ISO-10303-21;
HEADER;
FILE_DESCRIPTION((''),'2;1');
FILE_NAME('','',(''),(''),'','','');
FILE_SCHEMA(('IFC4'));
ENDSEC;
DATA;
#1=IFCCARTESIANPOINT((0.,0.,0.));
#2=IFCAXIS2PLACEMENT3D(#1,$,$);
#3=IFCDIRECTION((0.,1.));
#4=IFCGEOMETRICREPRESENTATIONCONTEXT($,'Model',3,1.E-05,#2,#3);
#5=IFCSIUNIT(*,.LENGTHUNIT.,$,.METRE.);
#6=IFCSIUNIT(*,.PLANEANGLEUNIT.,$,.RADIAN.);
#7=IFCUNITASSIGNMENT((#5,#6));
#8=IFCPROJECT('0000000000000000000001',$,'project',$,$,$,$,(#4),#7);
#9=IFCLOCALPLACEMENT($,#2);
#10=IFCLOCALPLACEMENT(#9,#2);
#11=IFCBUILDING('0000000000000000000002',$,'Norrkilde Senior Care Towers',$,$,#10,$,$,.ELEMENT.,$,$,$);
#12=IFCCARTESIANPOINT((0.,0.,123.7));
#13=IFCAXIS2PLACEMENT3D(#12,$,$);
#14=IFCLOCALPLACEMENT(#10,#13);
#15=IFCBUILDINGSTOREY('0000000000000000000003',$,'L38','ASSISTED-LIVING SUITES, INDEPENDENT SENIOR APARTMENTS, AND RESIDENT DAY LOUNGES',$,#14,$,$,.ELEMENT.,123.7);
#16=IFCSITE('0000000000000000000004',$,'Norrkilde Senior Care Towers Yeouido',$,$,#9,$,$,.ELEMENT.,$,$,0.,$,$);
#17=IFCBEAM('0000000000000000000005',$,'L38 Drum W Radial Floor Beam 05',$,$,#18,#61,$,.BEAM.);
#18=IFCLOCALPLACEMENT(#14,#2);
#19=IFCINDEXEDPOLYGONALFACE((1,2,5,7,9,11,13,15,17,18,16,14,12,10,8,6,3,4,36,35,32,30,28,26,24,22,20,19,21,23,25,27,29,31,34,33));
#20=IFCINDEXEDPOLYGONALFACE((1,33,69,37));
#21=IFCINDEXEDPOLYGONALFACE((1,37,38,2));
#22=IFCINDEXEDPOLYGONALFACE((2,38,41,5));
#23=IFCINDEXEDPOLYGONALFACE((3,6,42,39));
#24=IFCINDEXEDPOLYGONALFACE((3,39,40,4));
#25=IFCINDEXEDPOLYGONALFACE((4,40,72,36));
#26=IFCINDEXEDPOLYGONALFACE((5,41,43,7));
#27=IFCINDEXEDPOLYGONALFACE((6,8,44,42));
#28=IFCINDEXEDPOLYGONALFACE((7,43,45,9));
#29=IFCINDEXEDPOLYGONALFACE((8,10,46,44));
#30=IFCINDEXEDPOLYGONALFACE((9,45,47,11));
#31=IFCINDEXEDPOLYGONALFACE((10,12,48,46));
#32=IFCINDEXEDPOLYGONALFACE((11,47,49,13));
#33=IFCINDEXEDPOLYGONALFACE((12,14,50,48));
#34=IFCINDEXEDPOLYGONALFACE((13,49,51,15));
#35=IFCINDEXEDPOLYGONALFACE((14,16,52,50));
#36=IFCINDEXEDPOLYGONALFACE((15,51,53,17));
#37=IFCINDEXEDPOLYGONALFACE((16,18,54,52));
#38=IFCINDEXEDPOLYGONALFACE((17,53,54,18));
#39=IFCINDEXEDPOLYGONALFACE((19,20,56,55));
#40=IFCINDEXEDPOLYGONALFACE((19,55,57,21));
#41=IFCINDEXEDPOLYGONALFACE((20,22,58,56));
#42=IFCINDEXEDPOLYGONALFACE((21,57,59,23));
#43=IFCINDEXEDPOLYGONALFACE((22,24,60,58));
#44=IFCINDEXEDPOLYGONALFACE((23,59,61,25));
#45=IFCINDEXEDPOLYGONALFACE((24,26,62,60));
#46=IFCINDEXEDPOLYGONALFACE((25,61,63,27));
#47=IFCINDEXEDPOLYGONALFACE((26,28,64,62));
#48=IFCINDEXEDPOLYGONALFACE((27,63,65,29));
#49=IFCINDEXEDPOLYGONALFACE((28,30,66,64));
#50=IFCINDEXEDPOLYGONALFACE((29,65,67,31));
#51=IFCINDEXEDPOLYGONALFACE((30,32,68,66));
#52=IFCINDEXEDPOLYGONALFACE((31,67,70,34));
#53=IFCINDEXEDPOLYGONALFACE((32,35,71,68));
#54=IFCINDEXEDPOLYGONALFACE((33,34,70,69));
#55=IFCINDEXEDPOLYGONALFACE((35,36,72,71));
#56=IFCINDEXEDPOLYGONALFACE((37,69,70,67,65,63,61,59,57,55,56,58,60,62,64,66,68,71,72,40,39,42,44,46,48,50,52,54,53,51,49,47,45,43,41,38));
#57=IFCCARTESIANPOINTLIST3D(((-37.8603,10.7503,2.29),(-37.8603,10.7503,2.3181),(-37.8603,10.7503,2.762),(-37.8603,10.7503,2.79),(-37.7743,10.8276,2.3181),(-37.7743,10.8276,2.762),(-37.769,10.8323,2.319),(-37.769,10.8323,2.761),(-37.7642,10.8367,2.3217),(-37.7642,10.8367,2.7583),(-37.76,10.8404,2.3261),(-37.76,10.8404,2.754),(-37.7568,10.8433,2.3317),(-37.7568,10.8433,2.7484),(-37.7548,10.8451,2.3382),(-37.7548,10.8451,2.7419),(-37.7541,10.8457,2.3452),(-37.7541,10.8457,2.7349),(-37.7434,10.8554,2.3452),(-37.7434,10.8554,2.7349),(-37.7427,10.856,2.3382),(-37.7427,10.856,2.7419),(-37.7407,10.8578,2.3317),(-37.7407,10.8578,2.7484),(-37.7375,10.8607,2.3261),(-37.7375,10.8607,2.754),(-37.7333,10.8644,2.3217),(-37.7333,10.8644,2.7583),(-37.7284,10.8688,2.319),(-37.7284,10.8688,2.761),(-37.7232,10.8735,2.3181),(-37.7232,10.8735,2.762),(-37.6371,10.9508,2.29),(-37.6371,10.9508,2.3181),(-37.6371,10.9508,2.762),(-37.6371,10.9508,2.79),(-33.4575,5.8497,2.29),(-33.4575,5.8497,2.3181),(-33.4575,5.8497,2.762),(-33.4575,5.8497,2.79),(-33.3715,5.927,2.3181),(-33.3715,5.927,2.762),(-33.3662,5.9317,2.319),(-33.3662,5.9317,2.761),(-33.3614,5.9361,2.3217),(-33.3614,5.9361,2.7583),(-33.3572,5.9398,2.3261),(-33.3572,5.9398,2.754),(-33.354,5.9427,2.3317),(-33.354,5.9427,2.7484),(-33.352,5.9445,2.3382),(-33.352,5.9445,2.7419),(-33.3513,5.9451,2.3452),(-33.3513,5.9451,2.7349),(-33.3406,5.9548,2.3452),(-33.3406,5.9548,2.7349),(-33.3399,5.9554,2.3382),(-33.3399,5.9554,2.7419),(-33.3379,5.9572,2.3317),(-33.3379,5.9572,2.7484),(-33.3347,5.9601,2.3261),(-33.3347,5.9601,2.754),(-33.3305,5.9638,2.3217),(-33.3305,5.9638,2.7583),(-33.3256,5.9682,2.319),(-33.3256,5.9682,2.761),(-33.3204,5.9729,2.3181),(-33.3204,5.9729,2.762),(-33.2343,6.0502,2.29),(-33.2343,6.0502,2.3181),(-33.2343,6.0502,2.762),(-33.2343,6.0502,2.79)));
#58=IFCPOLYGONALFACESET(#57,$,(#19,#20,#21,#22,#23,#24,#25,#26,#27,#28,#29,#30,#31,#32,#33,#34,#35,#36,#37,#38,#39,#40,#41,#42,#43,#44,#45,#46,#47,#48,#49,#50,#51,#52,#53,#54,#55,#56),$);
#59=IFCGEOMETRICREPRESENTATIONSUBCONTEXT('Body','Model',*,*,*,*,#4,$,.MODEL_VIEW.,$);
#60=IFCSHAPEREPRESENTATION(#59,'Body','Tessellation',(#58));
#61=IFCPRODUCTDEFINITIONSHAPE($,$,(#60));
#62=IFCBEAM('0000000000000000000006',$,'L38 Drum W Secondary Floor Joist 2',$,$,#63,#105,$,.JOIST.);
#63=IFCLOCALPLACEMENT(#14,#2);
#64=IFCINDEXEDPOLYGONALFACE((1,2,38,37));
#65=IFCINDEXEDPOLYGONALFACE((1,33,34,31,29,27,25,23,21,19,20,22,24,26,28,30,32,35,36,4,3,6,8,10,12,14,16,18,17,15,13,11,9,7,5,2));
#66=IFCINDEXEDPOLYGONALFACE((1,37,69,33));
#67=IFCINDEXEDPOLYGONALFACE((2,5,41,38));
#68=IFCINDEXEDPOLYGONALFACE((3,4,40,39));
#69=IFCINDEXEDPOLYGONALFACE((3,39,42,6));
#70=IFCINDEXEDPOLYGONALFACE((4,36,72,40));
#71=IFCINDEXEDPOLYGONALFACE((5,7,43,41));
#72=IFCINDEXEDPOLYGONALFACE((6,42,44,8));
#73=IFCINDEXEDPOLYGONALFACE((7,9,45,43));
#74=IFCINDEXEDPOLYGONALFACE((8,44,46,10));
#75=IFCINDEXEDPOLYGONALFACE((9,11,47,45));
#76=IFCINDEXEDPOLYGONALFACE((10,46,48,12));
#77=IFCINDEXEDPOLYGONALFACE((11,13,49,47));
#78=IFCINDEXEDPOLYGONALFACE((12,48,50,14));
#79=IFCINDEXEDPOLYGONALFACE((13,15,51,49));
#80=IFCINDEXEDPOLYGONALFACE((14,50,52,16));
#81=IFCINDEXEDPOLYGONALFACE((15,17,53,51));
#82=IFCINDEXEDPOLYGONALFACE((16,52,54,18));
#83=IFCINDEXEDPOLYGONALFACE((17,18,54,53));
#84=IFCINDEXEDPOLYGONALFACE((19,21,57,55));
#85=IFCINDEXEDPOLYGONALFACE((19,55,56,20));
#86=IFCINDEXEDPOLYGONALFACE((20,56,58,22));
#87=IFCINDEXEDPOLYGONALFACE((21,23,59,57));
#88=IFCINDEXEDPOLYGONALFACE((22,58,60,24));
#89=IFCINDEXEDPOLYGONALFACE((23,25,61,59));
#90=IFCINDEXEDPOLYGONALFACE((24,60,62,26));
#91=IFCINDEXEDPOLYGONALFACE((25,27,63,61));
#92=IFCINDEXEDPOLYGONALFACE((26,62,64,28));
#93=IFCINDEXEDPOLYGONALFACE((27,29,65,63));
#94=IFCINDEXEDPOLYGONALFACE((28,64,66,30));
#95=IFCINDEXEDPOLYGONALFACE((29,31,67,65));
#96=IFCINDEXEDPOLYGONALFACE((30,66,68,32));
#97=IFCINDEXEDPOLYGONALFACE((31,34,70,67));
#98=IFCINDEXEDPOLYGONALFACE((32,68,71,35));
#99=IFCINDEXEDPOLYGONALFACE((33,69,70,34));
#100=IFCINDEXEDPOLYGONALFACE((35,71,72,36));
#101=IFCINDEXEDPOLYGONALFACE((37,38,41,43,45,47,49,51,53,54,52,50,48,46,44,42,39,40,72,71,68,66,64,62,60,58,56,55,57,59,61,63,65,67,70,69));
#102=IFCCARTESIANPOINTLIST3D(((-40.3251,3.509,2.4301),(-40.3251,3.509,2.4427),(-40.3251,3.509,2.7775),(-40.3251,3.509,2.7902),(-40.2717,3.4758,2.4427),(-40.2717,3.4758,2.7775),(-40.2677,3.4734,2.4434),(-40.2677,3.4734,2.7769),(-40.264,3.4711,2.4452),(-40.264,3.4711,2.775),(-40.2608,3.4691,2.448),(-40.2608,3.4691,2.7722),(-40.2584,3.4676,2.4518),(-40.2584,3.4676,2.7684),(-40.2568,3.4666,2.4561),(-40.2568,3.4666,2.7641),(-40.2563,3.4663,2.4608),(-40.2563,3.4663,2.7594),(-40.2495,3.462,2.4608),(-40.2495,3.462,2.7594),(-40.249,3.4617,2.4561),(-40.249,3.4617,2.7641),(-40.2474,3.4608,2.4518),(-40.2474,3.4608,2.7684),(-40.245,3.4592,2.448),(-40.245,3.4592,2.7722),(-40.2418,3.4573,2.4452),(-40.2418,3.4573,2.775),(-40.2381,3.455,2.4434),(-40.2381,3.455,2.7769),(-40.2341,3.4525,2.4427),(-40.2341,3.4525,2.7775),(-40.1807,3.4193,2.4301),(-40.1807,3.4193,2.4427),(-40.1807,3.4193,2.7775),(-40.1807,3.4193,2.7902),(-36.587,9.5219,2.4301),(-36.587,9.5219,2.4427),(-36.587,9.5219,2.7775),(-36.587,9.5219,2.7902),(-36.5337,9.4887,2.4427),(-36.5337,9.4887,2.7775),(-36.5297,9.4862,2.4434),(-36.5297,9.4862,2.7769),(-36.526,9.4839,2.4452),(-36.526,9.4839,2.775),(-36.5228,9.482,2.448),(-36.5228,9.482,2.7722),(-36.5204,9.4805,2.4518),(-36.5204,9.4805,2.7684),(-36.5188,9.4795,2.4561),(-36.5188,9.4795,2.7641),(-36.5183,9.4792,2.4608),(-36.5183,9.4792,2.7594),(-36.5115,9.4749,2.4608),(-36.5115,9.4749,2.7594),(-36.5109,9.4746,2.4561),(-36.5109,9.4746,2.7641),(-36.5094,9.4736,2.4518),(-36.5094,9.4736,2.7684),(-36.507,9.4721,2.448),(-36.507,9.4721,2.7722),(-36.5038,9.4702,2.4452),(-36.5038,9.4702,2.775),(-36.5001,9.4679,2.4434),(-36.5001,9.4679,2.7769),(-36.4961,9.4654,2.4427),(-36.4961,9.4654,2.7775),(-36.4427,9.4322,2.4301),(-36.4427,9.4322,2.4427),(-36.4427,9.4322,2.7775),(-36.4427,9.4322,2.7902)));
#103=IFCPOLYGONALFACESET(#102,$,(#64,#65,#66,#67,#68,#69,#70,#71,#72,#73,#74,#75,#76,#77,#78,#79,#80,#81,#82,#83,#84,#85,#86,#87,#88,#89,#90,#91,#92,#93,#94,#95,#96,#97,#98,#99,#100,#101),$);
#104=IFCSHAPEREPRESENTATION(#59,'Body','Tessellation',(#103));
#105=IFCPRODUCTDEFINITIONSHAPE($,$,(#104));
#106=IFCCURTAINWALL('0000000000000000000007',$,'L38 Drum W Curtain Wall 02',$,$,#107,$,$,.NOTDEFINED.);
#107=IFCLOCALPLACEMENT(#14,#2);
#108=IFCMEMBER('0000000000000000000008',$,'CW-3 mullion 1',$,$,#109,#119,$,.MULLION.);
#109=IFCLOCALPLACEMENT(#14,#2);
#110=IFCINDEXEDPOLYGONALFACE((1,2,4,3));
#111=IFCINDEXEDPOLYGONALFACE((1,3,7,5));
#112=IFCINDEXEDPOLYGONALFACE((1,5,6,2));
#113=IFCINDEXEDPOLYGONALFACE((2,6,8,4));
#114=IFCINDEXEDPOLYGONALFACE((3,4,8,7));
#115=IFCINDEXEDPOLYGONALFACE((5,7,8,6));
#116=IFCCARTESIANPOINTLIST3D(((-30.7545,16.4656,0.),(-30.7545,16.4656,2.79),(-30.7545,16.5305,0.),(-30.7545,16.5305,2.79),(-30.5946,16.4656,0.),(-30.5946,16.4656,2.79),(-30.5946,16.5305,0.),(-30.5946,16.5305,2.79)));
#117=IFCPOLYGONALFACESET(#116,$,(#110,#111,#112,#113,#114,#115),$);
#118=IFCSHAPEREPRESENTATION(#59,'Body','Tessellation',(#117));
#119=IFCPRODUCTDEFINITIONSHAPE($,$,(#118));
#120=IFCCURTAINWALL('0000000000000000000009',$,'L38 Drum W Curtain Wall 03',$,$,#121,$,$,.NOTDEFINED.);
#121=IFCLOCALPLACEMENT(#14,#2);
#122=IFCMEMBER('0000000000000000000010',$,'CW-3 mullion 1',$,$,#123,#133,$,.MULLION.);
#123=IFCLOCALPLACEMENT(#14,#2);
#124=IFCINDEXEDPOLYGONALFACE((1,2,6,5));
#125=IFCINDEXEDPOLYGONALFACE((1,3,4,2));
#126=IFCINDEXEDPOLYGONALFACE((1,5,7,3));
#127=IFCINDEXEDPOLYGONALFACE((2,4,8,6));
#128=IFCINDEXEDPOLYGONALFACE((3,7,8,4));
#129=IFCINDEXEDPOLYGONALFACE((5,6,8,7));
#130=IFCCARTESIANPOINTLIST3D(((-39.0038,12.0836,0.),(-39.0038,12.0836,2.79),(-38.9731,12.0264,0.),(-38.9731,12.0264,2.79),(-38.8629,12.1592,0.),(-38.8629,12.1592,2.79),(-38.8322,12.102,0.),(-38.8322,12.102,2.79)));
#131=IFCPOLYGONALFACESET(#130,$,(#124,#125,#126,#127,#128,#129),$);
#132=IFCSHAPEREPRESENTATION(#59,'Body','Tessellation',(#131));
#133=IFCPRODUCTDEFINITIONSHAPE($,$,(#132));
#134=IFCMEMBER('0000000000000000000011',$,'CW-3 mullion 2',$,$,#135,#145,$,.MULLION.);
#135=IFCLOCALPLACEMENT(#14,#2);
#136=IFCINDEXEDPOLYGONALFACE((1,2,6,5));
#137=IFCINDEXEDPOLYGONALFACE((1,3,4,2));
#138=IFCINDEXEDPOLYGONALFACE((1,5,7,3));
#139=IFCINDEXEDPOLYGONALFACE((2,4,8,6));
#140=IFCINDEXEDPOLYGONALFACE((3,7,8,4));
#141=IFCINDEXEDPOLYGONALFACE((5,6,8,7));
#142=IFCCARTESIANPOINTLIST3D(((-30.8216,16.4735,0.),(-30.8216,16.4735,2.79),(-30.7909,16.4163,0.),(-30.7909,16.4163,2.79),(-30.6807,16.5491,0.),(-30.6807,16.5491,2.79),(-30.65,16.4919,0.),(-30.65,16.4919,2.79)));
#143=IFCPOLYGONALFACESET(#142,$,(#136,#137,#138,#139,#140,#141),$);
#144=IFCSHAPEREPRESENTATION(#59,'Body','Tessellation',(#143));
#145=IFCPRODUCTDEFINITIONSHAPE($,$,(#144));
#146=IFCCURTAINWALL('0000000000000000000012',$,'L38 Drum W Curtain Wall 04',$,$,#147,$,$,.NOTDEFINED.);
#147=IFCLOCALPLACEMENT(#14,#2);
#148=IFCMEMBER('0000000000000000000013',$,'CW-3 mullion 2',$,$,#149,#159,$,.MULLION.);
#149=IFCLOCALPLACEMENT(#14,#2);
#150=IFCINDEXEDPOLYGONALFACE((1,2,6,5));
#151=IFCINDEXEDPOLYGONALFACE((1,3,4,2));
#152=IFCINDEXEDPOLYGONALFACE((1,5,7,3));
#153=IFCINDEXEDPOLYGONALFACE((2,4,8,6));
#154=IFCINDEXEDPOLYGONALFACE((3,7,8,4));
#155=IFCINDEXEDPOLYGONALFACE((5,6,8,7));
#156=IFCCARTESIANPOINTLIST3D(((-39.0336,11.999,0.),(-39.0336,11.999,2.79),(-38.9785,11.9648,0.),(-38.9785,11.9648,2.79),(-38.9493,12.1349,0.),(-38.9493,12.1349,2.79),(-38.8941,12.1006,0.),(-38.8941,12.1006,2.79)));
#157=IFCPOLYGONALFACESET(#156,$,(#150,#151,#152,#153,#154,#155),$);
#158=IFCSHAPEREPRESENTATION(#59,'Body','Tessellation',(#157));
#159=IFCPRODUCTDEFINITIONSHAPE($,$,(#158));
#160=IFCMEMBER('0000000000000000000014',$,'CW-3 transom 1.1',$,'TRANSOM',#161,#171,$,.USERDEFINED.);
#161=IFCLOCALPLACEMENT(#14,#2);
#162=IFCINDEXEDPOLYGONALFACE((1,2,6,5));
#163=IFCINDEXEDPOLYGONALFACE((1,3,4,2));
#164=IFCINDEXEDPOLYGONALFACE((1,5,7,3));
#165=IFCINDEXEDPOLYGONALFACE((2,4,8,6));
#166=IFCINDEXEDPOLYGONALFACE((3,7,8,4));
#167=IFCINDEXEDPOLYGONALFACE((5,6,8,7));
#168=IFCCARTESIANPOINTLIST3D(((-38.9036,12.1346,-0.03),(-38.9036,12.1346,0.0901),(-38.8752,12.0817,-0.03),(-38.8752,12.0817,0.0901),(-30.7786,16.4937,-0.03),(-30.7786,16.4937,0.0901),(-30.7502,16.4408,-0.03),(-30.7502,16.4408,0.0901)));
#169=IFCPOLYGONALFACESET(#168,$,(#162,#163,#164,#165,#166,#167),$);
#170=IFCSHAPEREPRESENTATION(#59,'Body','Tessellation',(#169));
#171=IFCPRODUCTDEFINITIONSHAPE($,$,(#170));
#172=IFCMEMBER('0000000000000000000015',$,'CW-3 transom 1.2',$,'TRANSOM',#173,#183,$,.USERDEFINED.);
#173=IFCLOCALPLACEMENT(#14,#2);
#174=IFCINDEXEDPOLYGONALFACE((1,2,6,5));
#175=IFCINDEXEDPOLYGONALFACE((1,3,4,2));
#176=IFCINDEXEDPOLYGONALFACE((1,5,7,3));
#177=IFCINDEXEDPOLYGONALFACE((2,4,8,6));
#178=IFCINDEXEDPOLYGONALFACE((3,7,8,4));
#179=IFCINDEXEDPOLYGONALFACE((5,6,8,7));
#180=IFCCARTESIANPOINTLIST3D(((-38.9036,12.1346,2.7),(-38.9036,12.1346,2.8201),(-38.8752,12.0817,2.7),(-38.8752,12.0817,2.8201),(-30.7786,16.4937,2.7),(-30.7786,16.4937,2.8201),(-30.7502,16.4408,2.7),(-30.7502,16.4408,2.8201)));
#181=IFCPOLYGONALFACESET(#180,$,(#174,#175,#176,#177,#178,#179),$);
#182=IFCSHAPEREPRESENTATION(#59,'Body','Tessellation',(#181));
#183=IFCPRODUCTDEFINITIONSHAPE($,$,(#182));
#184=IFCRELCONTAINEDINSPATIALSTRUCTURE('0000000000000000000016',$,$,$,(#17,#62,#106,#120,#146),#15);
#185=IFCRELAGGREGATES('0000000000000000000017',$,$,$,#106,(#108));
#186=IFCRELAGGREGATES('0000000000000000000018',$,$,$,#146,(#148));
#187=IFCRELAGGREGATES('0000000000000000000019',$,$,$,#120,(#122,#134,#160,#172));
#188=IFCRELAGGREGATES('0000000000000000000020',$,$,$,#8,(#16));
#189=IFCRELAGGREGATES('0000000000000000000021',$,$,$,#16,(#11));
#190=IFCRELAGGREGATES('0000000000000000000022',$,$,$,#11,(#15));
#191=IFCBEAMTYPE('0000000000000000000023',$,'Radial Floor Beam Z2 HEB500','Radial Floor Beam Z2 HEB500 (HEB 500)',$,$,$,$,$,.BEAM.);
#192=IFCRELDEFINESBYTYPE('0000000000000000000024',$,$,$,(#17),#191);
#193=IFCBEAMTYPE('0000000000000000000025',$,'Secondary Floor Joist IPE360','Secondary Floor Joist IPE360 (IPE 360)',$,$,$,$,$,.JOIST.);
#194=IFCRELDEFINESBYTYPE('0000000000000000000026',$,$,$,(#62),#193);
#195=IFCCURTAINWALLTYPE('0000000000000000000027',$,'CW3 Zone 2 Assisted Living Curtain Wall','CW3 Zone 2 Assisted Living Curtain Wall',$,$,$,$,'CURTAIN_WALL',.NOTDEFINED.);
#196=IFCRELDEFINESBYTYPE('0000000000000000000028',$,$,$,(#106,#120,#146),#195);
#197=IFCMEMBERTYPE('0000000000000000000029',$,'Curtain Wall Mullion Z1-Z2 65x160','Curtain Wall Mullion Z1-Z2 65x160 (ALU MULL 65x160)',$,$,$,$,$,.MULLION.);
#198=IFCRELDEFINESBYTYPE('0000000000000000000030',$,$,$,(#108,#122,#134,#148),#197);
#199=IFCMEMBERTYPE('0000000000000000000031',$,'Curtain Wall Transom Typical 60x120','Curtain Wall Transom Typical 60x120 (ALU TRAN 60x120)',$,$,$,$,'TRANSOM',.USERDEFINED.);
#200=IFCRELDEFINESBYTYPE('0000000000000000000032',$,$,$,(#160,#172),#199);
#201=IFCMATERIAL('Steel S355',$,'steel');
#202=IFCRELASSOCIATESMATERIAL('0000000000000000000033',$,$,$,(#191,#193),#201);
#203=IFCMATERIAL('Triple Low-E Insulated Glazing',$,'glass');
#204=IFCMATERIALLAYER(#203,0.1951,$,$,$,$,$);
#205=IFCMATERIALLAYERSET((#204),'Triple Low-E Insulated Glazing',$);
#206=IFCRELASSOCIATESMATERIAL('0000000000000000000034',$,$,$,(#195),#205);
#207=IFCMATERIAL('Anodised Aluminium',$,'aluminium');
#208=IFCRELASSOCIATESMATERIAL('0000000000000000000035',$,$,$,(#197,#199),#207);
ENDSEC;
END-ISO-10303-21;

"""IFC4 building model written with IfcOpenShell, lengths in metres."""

from ifc_helpers import new_model, si_unit, direction, frame, origin, origin_2d, place, context, subcontext, project, spatial, rectangle, i_section, extrude, source, transform, mapped, material, layer, layer_set, material_profile, profile_set, type_object, type_shapes, element, aggregate, save


model = new_model("IFC4")

# Units and contexts
model_context = context("Model", 3, precision=1e-05, world=origin(), true_north=direction((0.0, 1.0)))
body_context = subcontext(model_context, "Body", "Model", "MODEL_VIEW")
ifc_project = project(units=[si_unit("LENGTHUNIT", "METRE"), si_unit("PLANEANGLEUNIT", "RADIAN")], contexts=[model_context])

# Site, building, storey
site_placement = place(None, origin())
site = spatial("IfcSite", under=ifc_project, at=site_placement, Name="Norrkilde Senior Care Towers Yeouido", CompositionType="ELEMENT", RefElevation=0.0)
building_placement = place(site_placement, origin())
building = spatial("IfcBuilding", under=site, at=building_placement, Name="Norrkilde Senior Care Towers", CompositionType="ELEMENT")
storey_placement = place(building_placement, frame((0.0, 0.0, 123.7)))
storey = spatial("IfcBuildingStorey", under=building, at=storey_placement, Name="L38", Description="ASSISTED-LIVING SUITES, INDEPENDENT SENIOR APARTMENTS, AND RESIDENT DAY LOUNGES", CompositionType="ELEMENT", Elevation=123.7)

# Beams
ifc_material_1 = material(Name="Steel S355", Category="steel")
ifc_material_profile_1 = material_profile(ifc_material_1, i_section(OverallWidth=0.3, OverallDepth=0.5, WebThickness=0.0144, FlangeThickness=0.0281, FilletRadius=0.0271, at=origin_2d()), Name="HEB 500")
ifc_profile_set_1 = profile_set([ifc_material_profile_1], Name="Steel S355")
beam_type_1 = type_object("IfcBeamType", Name="Radial Floor Beam Z2 HEB500", Description="Radial Floor Beam Z2 HEB500 (HEB 500)", PredefinedType="BEAM", material=ifc_profile_set_1)
shared_shape_1 = source(origin(), body_context, "Body", "SweptSolid", [
    extrude(i_section(OverallWidth=0.3, OverallDepth=0.5, WebThickness=0.0144, FlangeThickness=0.0281, FilletRadius=0.0271, at=origin_2d()), origin(), (0.0, 0.0, 1.0), 6.5879),
])
type_shapes(beam_type_1, [shared_shape_1])
beam_1_placement = place(storey_placement, frame((-33.3459, 5.95, 2.54), z_axis=(-0.668315, 0.743878, 0.0), x_axis=(-0.743878, -0.668315, 0.0)))
element("IfcBeam", 1, at=beam_1_placement, inside=storey, type_object=beam_type_1, Name="L38 Drum W Radial Floor Beam 05", PredefinedType="BEAM", context=body_context, shape_type="MappedRepresentation", body=[
    mapped(shared_shape_1, transform((0.0, 0.0, 0.0), x_axis=(1.0, 0.0, 0.0), y_axis=(0.0, 1.0, 0.0), z_axis=(0.0, 0.0, 1.0), scale=1.0)),
])
ifc_material_profile_2 = material_profile(ifc_material_1, i_section(OverallWidth=0.1699, OverallDepth=0.3601, WebThickness=0.0081, FlangeThickness=0.0127, FilletRadius=0.0181, at=origin_2d()), Name="IPE 360")
ifc_profile_set_2 = profile_set([ifc_material_profile_2], Name="Steel S355")
beam_type_2 = type_object("IfcBeamType", Name="Secondary Floor Joist IPE360", Description="Secondary Floor Joist IPE360 (IPE 360)", PredefinedType="JOIST", material=ifc_profile_set_2)
shared_shape_2 = source(origin(), body_context, "Body", "SweptSolid", [
    extrude(i_section(OverallWidth=0.1699, OverallDepth=0.3601, WebThickness=0.0081, FlangeThickness=0.0127, FilletRadius=0.0181, at=origin_2d()), origin(), (0.0, 0.0, 1.0), 7.0801),
])
type_shapes(beam_type_2, [shared_shape_2])
beam_2_placement = place(storey_placement, frame((-36.5149, 9.4771, 2.6101), z_axis=(-0.527961, -0.849269, 0.0), x_axis=(0.849269, -0.527961, 0.0)))
element("IfcBeam", 2, at=beam_2_placement, inside=storey, type_object=beam_type_2, Name="L38 Drum W Secondary Floor Joist 2", PredefinedType="JOIST", context=body_context, shape_type="MappedRepresentation", body=[
    mapped(shared_shape_2, transform((0.0, 0.0, 0.0), x_axis=(1.0, 0.0, 0.0), y_axis=(0.0, 1.0, 0.0), z_axis=(0.0, 0.0, 1.0), scale=1.0)),
])

# Curtain wall, member
ifc_material_2 = material(Name="Triple Low-E Insulated Glazing", Category="glass")
ifc_layer_1 = layer(ifc_material_2, 0.1951)
ifc_layer_set_1 = layer_set([ifc_layer_1], Name="Triple Low-E Insulated Glazing")
curtain_wall_type = type_object("IfcCurtainWallType", Name="CW3 Zone 2 Assisted Living Curtain Wall", Description="CW3 Zone 2 Assisted Living Curtain Wall", ElementType="CURTAIN_WALL", PredefinedType="NOTDEFINED", material=ifc_layer_set_1)
curtain_wall_1_placement = place(storey_placement, origin())
curtain_wall_1 = element("IfcCurtainWall", 3, at=curtain_wall_1_placement, inside=storey, type_object=curtain_wall_type, Name="L38 Drum W Curtain Wall 02", PredefinedType="NOTDEFINED")
ifc_material_3 = material(Name="Anodised Aluminium", Category="aluminium")
ifc_material_profile_3 = material_profile(ifc_material_3, rectangle(XDim=0.0649, YDim=0.1599, at=origin_2d()), Name="ALU MULL 65x160")
ifc_profile_set_3 = profile_set([ifc_material_profile_3], Name="Anodised Aluminium")
member_type_1 = type_object("IfcMemberType", Name="Curtain Wall Mullion Z1-Z2 65x160", Description="Curtain Wall Mullion Z1-Z2 65x160 (ALU MULL 65x160)", PredefinedType="MULLION", material=ifc_profile_set_3)
shared_shape_3 = source(origin(), body_context, "Body", "SweptSolid", [
    extrude(rectangle(XDim=0.0649, YDim=0.1599, at=origin_2d()), origin(), (0.0, 0.0, 1.0), 2.79),
])
type_shapes(member_type_1, [shared_shape_3])
member_1_placement = place(storey_placement, frame((-30.6746, 16.498, 0.0), z_axis=(0.0, 0.0, 1.0), x_axis=(0.0, 1.0, 0.0)))
member_1 = element("IfcMember", 4, at=member_1_placement, type_object=member_type_1, Name="CW-3 mullion 1", PredefinedType="MULLION", context=body_context, shape_type="MappedRepresentation", body=[
    mapped(shared_shape_3, transform((0.0, 0.0, 0.0), x_axis=(1.0, 0.0, 0.0), y_axis=(0.0, 1.0, 0.0), z_axis=(0.0, 0.0, 1.0), scale=1.0)),
])

# Curtain wall, members
curtain_wall_2_placement = place(storey_placement, origin())
curtain_wall_2 = element("IfcCurtainWall", 5, at=curtain_wall_2_placement, inside=storey, type_object=curtain_wall_type, Name="L38 Drum W Curtain Wall 03", PredefinedType="NOTDEFINED")
member_2_placement = place(storey_placement, frame((-38.918, 12.0928, 0.0), z_axis=(0.0, 0.0, 1.0), x_axis=(-0.472769, 0.881186, 0.0)))
member_2 = element("IfcMember", 6, at=member_2_placement, type_object=member_type_1, Name="CW-3 mullion 1", PredefinedType="MULLION", context=body_context, shape_type="MappedRepresentation", body=[
    mapped(shared_shape_3, transform((0.0, 0.0, 0.0), x_axis=(1.0, 0.0, 0.0), y_axis=(0.0, 1.0, 0.0), z_axis=(0.0, 0.0, 1.0), scale=1.0)),
])
member_3_placement = place(storey_placement, frame((-30.7358, 16.4827, 0.0), z_axis=(0.0, 0.0, 1.0), x_axis=(-0.472769, 0.881186, 0.0)))
member_3 = element("IfcMember", 7, at=member_3_placement, type_object=member_type_1, Name="CW-3 mullion 2", PredefinedType="MULLION", context=body_context, shape_type="MappedRepresentation", body=[
    mapped(shared_shape_3, transform((0.0, 0.0, 0.0), x_axis=(1.0, 0.0, 0.0), y_axis=(0.0, 1.0, 0.0), z_axis=(0.0, 0.0, 1.0), scale=1.0)),
])

# Curtain wall, member
curtain_wall_3_placement = place(storey_placement, origin())
curtain_wall_3 = element("IfcCurtainWall", 8, at=curtain_wall_3_placement, inside=storey, type_object=curtain_wall_type, Name="L38 Drum W Curtain Wall 04", PredefinedType="NOTDEFINED")
member_4_placement = place(storey_placement, frame((-38.9639, 12.0498, 0.0), z_axis=(0.0, 0.0, 1.0), x_axis=(-0.84941, 0.527733, 0.0)))
member_4 = element("IfcMember", 9, at=member_4_placement, type_object=member_type_1, Name="CW-3 mullion 2", PredefinedType="MULLION", context=body_context, shape_type="MappedRepresentation", body=[
    mapped(shared_shape_3, transform((0.0, 0.0, 0.0), x_axis=(1.0, 0.0, 0.0), y_axis=(0.0, 1.0, 0.0), z_axis=(0.0, 0.0, 1.0), scale=1.0)),
])

# Members
ifc_material_profile_4 = material_profile(ifc_material_3, rectangle(XDim=0.0601, YDim=0.1201, at=origin_2d()), Name="ALU TRAN 60x120")
ifc_profile_set_4 = profile_set([ifc_material_profile_4], Name="Anodised Aluminium")
member_type_2 = type_object("IfcMemberType", Name="Curtain Wall Transom Typical 60x120", Description="Curtain Wall Transom Typical 60x120 (ALU TRAN 60x120)", ElementType="TRANSOM", PredefinedType="USERDEFINED", material=ifc_profile_set_4)
shared_shape_4 = source(origin(), body_context, "Body", "SweptSolid", [
    extrude(rectangle(XDim=0.0601, YDim=0.1201, at=origin_2d()), origin(), (0.0, 0.0, 1.0), 9.2205),
])
member_5_placement = place(storey_placement, frame((-38.8894, 12.1082, 0.03), z_axis=(0.881189, 0.472765, 0.0), x_axis=(-0.472765, 0.881189, 0.0)))
member_5 = element("IfcMember", 10, at=member_5_placement, type_object=member_type_2, Name="CW-3 transom 1.1", ObjectType="TRANSOM", PredefinedType="USERDEFINED", context=body_context, shape_type="MappedRepresentation", body=[
    mapped(shared_shape_4, transform((0.0, 0.0, 0.0), x_axis=(1.0, 0.0, 0.0), y_axis=(0.0, 1.0, 0.0), z_axis=(0.0, 0.0, 1.0), scale=1.0)),
])
member_6_placement = place(storey_placement, frame((-38.8894, 12.1082, 2.76), z_axis=(0.881189, 0.472765, 0.0), x_axis=(-0.472765, 0.881189, 0.0)))
member_6 = element("IfcMember", 11, at=member_6_placement, type_object=member_type_2, Name="CW-3 transom 1.2", ObjectType="TRANSOM", PredefinedType="USERDEFINED", context=body_context, shape_type="MappedRepresentation", body=[
    mapped(shared_shape_4, transform((0.0, 0.0, 0.0), x_axis=(1.0, 0.0, 0.0), y_axis=(0.0, 1.0, 0.0), z_axis=(0.0, 0.0, 1.0), scale=1.0)),
])
aggregate(curtain_wall_1, [member_1])

aggregate(curtain_wall_3, [member_4])
aggregate(curtain_wall_2, [member_2, member_3, member_5, member_6])

save(model, "model.ifc")
